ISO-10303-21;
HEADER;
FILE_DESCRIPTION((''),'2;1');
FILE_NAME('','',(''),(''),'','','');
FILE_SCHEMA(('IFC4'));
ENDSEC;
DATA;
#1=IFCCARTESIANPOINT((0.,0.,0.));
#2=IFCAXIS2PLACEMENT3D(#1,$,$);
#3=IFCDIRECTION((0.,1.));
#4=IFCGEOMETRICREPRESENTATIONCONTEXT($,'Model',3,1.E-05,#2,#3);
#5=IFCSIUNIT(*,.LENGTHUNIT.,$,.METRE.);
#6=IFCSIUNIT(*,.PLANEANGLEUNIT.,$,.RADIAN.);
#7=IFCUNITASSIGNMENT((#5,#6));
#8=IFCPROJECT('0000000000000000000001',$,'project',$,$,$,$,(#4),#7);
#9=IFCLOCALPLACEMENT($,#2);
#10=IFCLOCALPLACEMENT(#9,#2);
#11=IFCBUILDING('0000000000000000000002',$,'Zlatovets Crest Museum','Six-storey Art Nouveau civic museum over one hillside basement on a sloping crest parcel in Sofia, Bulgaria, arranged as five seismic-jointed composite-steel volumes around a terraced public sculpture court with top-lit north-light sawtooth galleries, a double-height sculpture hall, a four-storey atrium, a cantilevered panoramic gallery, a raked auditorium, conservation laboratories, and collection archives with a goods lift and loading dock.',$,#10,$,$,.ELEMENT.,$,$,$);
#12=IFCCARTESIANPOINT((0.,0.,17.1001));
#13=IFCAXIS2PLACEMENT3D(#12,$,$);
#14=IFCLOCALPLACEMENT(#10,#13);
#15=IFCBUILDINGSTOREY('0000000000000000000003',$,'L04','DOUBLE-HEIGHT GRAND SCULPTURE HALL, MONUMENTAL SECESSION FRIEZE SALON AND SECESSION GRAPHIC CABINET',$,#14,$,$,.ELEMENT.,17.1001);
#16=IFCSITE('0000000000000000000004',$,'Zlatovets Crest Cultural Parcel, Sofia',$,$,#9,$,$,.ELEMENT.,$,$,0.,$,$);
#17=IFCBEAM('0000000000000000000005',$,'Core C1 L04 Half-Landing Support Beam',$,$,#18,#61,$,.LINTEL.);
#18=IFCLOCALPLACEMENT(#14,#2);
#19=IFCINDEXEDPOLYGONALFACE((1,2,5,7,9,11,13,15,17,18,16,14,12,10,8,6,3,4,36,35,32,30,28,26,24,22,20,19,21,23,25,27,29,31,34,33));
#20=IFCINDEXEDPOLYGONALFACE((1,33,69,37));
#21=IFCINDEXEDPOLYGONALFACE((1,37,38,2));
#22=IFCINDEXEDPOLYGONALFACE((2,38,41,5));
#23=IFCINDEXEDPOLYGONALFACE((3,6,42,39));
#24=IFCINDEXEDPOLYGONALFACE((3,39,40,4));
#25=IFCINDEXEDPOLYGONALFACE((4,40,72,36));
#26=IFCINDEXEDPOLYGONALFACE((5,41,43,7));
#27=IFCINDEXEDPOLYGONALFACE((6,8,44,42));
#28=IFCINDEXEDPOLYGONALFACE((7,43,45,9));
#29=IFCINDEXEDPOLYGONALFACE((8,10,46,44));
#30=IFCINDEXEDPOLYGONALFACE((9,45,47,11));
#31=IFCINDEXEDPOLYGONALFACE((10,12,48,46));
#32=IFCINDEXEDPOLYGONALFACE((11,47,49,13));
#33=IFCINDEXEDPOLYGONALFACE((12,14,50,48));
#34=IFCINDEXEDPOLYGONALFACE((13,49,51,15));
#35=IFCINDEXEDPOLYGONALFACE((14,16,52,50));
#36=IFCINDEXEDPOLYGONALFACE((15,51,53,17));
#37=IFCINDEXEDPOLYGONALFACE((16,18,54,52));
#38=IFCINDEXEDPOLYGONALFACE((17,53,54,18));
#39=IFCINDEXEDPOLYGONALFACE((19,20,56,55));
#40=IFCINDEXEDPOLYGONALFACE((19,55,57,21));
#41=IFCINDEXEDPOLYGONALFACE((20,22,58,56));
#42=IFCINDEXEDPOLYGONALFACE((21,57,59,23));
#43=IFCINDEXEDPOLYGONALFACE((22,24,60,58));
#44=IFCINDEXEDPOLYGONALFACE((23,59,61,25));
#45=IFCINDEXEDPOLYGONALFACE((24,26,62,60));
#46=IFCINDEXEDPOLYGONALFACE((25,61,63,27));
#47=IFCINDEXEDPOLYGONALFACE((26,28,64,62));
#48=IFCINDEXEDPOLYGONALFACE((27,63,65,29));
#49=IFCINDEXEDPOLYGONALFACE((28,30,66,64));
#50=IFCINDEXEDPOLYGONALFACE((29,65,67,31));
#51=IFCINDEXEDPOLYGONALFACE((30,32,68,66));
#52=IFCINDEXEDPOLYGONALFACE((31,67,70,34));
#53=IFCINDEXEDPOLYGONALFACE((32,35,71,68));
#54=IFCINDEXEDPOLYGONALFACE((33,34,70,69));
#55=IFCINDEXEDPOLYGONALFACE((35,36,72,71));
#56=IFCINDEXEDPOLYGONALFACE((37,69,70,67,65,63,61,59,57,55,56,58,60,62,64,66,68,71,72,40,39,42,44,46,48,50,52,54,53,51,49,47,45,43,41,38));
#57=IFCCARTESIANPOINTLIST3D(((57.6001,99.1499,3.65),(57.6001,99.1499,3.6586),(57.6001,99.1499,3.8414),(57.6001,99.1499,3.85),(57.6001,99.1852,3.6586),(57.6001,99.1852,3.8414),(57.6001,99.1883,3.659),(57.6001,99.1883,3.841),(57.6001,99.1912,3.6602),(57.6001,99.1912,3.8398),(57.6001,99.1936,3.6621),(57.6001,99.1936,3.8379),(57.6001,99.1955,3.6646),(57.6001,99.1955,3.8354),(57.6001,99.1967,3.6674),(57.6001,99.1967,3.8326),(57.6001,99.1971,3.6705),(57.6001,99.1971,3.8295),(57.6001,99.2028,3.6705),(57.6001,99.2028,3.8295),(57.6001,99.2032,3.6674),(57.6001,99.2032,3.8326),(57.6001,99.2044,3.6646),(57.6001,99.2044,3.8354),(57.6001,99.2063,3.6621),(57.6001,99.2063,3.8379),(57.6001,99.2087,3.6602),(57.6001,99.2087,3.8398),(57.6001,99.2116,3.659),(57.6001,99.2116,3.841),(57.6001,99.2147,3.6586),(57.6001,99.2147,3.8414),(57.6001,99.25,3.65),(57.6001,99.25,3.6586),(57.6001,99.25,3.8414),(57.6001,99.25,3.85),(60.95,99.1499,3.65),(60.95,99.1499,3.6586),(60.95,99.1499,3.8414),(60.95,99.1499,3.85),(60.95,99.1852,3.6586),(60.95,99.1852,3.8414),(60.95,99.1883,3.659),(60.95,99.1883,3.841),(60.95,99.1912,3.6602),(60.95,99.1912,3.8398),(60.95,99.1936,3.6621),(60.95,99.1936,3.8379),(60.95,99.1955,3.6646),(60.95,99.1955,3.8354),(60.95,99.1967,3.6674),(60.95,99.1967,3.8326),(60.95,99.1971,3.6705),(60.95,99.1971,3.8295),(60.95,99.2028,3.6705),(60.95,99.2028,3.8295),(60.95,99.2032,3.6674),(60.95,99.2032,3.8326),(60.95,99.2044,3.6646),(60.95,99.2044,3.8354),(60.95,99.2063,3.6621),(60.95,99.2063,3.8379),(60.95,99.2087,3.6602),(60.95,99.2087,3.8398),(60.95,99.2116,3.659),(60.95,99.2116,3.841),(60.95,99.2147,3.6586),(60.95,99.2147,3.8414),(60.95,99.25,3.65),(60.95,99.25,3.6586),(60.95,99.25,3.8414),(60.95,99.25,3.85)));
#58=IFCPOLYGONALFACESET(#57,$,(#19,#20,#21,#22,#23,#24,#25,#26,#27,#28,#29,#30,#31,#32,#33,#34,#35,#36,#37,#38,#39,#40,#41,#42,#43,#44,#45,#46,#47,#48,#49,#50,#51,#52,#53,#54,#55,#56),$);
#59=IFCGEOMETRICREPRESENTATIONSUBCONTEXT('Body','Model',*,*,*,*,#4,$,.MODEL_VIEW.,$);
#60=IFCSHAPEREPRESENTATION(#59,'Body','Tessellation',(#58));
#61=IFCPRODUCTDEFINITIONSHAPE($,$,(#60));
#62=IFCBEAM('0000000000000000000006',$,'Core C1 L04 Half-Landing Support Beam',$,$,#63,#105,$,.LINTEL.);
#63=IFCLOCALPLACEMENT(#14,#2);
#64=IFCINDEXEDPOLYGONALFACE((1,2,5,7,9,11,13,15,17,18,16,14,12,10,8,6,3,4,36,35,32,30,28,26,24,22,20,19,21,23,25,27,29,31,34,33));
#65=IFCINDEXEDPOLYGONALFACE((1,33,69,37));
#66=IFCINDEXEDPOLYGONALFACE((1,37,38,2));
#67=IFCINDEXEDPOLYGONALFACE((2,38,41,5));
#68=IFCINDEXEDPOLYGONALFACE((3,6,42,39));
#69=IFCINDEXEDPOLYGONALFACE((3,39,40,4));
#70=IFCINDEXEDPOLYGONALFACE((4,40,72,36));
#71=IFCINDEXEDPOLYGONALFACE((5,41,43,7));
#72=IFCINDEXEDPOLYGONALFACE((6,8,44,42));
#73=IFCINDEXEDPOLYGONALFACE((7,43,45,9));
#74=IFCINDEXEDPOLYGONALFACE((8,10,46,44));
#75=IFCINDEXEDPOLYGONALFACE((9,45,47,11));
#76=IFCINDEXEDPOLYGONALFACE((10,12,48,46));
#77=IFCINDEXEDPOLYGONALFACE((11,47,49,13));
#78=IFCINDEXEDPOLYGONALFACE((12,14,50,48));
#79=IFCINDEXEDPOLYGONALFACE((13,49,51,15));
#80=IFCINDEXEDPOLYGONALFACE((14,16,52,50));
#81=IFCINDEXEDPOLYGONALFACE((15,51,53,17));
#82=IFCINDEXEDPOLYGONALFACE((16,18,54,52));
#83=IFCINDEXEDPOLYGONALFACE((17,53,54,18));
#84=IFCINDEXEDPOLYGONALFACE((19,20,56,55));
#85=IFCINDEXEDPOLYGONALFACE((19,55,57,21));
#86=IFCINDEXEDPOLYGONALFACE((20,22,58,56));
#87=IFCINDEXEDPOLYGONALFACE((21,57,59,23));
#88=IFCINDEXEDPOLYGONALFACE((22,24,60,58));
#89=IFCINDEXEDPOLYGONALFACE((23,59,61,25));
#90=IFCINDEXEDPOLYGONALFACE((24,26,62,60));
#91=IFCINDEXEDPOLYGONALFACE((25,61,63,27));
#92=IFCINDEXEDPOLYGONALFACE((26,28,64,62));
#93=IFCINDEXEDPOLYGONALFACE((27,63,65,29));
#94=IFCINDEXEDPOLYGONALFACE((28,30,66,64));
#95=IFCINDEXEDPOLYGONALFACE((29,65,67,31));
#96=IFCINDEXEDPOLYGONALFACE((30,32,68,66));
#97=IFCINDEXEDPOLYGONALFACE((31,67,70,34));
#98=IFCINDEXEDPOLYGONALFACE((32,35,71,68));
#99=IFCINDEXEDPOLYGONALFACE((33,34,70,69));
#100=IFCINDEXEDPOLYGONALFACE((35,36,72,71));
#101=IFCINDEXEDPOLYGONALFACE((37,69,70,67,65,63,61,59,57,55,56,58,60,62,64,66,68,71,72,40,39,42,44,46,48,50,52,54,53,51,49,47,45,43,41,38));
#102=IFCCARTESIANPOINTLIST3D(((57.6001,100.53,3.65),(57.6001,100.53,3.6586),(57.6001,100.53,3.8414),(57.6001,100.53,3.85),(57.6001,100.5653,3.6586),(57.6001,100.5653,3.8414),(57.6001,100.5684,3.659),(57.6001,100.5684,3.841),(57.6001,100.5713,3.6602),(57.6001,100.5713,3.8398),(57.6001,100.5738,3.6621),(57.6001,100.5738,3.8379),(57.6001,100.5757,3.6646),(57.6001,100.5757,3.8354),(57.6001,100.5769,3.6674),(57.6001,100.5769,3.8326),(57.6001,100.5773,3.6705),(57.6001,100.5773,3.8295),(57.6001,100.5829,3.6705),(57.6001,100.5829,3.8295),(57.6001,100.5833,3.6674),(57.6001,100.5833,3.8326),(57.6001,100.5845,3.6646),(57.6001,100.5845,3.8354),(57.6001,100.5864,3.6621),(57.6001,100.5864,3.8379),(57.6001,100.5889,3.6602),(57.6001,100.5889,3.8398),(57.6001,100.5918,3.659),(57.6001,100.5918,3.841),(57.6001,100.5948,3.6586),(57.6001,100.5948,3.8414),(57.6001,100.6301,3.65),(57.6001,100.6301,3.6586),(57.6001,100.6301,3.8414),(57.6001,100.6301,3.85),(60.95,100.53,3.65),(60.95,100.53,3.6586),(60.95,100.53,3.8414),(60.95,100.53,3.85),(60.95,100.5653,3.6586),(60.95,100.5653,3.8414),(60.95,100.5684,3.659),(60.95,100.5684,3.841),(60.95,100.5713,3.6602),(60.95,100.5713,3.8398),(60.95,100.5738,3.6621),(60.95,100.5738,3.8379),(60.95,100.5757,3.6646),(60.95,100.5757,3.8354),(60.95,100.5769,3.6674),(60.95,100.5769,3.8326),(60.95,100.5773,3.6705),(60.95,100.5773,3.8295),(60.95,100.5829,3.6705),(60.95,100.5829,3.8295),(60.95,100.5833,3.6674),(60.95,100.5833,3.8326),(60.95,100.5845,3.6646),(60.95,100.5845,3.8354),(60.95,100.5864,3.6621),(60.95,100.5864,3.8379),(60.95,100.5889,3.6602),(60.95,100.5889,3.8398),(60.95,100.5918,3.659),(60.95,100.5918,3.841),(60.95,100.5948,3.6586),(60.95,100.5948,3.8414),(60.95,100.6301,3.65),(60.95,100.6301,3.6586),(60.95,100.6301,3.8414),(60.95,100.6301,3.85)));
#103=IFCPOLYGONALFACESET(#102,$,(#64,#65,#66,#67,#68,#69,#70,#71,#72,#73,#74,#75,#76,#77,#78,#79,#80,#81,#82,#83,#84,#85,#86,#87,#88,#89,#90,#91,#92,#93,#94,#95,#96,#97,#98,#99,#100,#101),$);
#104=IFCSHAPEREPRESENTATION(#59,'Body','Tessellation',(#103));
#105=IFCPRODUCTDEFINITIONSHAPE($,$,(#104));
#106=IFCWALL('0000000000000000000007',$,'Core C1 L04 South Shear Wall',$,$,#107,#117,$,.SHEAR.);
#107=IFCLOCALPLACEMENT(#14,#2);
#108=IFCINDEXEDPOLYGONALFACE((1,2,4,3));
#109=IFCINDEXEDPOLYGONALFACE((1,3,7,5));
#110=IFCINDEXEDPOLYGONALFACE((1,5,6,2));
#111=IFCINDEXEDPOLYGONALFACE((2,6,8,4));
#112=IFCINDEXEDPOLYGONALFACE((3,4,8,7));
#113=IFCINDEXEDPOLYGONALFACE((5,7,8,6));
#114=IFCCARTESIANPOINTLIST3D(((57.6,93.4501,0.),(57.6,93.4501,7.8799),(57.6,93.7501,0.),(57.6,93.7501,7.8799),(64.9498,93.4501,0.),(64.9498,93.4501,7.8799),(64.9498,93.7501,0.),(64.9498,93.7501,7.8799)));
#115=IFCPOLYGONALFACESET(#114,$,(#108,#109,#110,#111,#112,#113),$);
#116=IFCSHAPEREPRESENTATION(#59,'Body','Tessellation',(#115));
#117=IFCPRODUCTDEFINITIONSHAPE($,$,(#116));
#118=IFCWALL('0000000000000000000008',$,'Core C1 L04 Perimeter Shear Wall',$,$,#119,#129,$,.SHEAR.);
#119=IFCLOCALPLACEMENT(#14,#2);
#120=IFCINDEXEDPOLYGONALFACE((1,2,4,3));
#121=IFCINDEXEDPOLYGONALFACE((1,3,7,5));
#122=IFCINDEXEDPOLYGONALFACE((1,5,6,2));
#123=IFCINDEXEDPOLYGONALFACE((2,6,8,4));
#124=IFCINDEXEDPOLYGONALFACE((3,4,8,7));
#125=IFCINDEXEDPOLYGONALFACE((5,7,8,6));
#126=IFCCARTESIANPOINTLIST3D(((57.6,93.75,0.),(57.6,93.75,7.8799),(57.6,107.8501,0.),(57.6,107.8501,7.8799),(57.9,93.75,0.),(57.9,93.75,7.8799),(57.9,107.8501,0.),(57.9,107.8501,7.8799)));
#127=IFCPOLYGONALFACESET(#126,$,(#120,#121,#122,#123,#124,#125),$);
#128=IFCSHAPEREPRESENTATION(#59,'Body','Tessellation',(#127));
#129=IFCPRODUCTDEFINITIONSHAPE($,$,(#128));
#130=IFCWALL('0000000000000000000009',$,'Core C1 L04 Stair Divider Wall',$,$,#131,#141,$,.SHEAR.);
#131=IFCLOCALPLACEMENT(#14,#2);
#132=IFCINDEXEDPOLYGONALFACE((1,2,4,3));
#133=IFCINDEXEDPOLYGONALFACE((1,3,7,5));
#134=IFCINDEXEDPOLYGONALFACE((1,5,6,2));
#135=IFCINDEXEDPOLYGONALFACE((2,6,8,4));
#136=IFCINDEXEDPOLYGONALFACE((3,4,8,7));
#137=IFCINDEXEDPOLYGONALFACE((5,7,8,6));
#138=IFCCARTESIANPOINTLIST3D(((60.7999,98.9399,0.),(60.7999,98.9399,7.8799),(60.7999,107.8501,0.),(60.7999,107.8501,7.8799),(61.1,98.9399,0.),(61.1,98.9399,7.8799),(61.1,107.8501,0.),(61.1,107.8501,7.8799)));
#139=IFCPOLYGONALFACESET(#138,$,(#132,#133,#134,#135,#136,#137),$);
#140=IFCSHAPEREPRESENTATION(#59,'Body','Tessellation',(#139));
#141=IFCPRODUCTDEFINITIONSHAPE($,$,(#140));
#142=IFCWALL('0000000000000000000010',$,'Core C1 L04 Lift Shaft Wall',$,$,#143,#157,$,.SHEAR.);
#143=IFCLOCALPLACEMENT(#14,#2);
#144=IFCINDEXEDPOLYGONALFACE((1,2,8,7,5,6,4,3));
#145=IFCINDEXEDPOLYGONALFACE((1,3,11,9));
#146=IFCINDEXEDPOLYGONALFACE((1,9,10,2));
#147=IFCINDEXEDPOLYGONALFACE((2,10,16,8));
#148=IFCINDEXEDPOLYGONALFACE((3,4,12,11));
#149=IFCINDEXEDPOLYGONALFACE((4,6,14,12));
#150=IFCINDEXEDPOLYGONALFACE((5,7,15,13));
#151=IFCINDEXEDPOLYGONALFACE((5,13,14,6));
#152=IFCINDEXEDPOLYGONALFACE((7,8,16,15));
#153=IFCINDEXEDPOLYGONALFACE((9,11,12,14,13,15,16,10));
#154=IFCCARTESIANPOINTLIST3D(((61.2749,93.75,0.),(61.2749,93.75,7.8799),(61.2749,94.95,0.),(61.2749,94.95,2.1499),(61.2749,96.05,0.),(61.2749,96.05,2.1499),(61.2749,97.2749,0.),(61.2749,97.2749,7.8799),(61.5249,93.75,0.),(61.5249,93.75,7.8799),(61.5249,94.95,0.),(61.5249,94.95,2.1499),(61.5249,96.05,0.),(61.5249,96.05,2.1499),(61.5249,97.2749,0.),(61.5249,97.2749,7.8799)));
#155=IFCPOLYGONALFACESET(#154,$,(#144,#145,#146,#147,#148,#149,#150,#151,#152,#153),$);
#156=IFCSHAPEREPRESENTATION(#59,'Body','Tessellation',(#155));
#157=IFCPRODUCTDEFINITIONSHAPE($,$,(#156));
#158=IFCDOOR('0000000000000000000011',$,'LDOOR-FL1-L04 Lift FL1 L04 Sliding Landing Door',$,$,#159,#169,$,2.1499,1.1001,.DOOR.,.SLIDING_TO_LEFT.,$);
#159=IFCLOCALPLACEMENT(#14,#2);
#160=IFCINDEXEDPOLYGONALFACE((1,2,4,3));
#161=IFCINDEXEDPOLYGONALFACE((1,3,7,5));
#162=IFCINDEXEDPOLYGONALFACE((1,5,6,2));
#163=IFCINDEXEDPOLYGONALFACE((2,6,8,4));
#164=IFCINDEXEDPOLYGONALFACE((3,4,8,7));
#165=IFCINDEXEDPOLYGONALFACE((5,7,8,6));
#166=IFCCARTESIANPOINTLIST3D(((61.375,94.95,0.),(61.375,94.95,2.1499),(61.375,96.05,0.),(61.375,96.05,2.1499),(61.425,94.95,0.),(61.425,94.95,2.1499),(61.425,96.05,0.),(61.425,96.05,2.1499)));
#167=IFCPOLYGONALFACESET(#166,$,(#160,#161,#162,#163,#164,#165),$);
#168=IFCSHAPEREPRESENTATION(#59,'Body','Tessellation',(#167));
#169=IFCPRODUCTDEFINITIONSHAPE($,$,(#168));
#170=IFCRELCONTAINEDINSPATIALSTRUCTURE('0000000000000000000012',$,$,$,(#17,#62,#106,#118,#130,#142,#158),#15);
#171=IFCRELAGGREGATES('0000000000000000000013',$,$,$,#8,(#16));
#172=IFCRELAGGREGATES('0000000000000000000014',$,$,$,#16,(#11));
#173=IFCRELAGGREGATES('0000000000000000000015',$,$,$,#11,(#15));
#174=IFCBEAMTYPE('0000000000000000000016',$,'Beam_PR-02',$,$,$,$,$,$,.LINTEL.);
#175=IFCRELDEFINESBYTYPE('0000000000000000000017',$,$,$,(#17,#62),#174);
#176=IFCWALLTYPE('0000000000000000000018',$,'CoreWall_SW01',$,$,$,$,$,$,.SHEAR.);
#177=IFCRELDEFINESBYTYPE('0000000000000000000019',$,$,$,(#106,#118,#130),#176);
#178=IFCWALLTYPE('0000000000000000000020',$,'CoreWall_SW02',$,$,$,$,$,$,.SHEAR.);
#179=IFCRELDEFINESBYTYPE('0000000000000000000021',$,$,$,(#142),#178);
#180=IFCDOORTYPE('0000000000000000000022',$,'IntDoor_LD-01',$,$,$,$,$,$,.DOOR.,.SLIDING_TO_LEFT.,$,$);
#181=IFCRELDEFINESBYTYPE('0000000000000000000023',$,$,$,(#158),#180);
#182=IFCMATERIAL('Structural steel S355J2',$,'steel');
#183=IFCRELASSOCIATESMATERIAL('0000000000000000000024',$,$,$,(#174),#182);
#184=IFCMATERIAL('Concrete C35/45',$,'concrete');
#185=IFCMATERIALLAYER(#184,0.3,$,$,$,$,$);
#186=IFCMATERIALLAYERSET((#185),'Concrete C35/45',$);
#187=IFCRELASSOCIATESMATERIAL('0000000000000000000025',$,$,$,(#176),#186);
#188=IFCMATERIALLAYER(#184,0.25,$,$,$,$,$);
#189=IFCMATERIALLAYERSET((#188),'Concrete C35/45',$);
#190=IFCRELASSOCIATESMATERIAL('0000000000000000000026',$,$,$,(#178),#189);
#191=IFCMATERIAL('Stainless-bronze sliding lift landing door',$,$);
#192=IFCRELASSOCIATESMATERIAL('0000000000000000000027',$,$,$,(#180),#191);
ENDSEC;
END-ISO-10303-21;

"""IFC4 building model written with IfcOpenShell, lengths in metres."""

from ifc_helpers import new_model, si_unit, direction, frame, frame_2d, origin, origin_2d, place, context, subcontext, project, spatial, rectangle, i_section, extrude, material, layer, layer_set, material_profile, profile_set, type_object, element, fill, save


model = new_model("IFC4")

# Units and contexts
model_context = context("Model", 3, precision=1e-05, world=origin(), true_north=direction((0.0, 1.0)))
body_context = subcontext(model_context, "Body", "Model", "MODEL_VIEW")
ifc_project = project(units=[si_unit("LENGTHUNIT", "METRE"), si_unit("PLANEANGLEUNIT", "RADIAN")], contexts=[model_context])

# Site, building, storey
site_placement = place(None, origin())
site = spatial("IfcSite", under=ifc_project, at=site_placement, Name="Zlatovets Crest Cultural Parcel, Sofia", CompositionType="ELEMENT", RefElevation=0.0)
building_placement = place(site_placement, origin())
building = spatial("IfcBuilding", under=site, at=building_placement, Name="Zlatovets Crest Museum", Description="Six-storey Art Nouveau civic museum over one hillside basement on a sloping crest parcel in Sofia, Bulgaria, arranged as five seismic-jointed composite-steel volumes around a terraced public sculpture court with top-lit north-light sawtooth galleries, a double-height sculpture hall, a four-storey atrium, a cantilevered panoramic gallery, a raked auditorium, conservation laboratories, and collection archives with a goods lift and loading dock.", CompositionType="ELEMENT")
storey_placement = place(building_placement, frame((0.0, 0.0, 17.1001)))
storey = spatial("IfcBuildingStorey", under=building, at=storey_placement, Name="L04", Description="DOUBLE-HEIGHT GRAND SCULPTURE HALL, MONUMENTAL SECESSION FRIEZE SALON AND SECESSION GRAPHIC CABINET", CompositionType="ELEMENT", Elevation=17.1001)

# Shared definitions
ifc_material_1 = material(Name="Structural steel S355J2", Category="steel")

# Beams
ifc_material_profile_1 = material_profile(ifc_material_1, i_section(OverallWidth=0.1001, OverallDepth=0.2, WebThickness=0.0056, FlangeThickness=0.0085, FilletRadius=0.012, at=origin_2d()), Name="IPE 200")
ifc_profile_set_1 = profile_set([ifc_material_profile_1], Name="Structural steel S355J2")
beam_type_1 = type_object("IfcBeamType", Name="Beam_PR-02", PredefinedType="LINTEL", material=ifc_profile_set_1)
for number, where, z_axis, x_axis, name in (
    (1, (57.6001, 99.2, 3.75), (1.0, 0.0, 0.0), (0.0, 1.0, 0.0), "Core C1 L04 Half-Landing Support Beam"),
    (2, (57.6001, 100.5801, 3.75), (1.0, 0.0, 0.0), (0.0, 1.0, 0.0), "Core C1 L04 Half-Landing Support Beam"),
):
    element("IfcBeam", number, at=place(storey_placement, frame(where, z_axis=z_axis, x_axis=x_axis)), inside=storey, type_object=beam_type_1, Name=name, PredefinedType="LINTEL", context=body_context, shape_type="SweptSolid", body=[
        extrude(i_section(OverallWidth=0.1001, OverallDepth=0.2, WebThickness=0.0056, FlangeThickness=0.0085, FilletRadius=0.012, at=origin_2d()), origin(), (0.0, 0.0, 1.0), 3.3499),
    ])

# Walls
ifc_material_2 = material(Name="Concrete C35/45", Category="concrete")
ifc_layer_1 = layer(ifc_material_2, 0.3)
ifc_layer_set_1 = layer_set([ifc_layer_1], Name="Concrete C35/45")
wall_type_1 = type_object("IfcWallType", Name="CoreWall_SW01", PredefinedType="SHEAR", material=ifc_layer_set_1)
wall_1_placement = place(storey_placement, frame((57.6001, 93.6001, 0.0), z_axis=(0.0, 0.0, 1.0), x_axis=(1.0, 0.0, 0.0)))
element("IfcWall", 3, at=wall_1_placement, inside=storey, type_object=wall_type_1, Name="Core C1 L04 South Shear Wall", PredefinedType="SHEAR", context=body_context, shape_type="SweptSolid", body=[
    extrude(rectangle(XDim=7.3499, YDim=0.3, at=frame_2d((3.6748, 0.0))), origin(), (0.0, 0.0, 1.0), 7.8799),
])
wall_2_placement = place(storey_placement, frame((57.75, 93.75, 0.0), z_axis=(0.0, 0.0, 1.0), x_axis=(0.0, 1.0, 0.0)))
element("IfcWall", 4, at=wall_2_placement, inside=storey, type_object=wall_type_1, Name="Core C1 L04 Perimeter Shear Wall", PredefinedType="SHEAR", context=body_context, shape_type="SweptSolid", body=[
    extrude(rectangle(XDim=14.1001, YDim=0.3, at=frame_2d((7.05, 0.0))), origin(), (0.0, 0.0, 1.0), 7.8799),
])
wall_3_placement = place(storey_placement, frame((60.95, 98.9399, 0.0), z_axis=(0.0, 0.0, 1.0), x_axis=(0.0, 1.0, 0.0)))
element("IfcWall", 5, at=wall_3_placement, inside=storey, type_object=wall_type_1, Name="Core C1 L04 Stair Divider Wall", PredefinedType="SHEAR", context=body_context, shape_type="SweptSolid", body=[
    extrude(rectangle(XDim=8.9102, YDim=0.3, at=frame_2d((4.4551, 0.0))), origin(), (0.0, 0.0, 1.0), 7.8799),
])

# Wall, opening, door
ifc_layer_2 = layer(ifc_material_2, 0.25)
ifc_layer_set_2 = layer_set([ifc_layer_2], Name="Concrete C35/45")
wall_type_2 = type_object("IfcWallType", Name="CoreWall_SW02", PredefinedType="SHEAR", material=ifc_layer_set_2)
wall_4_placement = place(storey_placement, frame((61.3999, 93.75, 0.0), z_axis=(0.0, 0.0, 1.0), x_axis=(0.0, 1.0, 0.0)))
wall_4 = element("IfcWall", 6, at=wall_4_placement, inside=storey, type_object=wall_type_2, Name="Core C1 L04 Lift Shaft Wall", PredefinedType="SHEAR", context=body_context, shape_type="SweptSolid", body=[
    extrude(rectangle(XDim=3.5249, YDim=0.25, at=frame_2d((1.7625, 0.0))), origin(), (0.0, 0.0, 1.0), 7.8799),
])
opening_1_placement = place(wall_4_placement, frame((1.2, 0.0, 0.0)))
opening_1 = element("IfcOpeningElement", 7, at=opening_1_placement, cuts=wall_4, PredefinedType="OPENING", context=body_context, shape_type="SweptSolid", body=[
    extrude(rectangle(XDim=1.1001, YDim=2.1499, at=frame_2d((0.55, 1.075))), frame((0.0, 0.135, 0.0), z_axis=(0.0, -1.0, 0.0), x_axis=(1.0, 0.0, 0.0)), (0.0, 0.0, 1.0), 0.27),
])
ifc_material_3 = material(Name="Stainless-bronze sliding lift landing door")
door_type_1 = type_object("IfcDoorType", Name="IntDoor_LD-01", OperationType="SLIDING_TO_LEFT", PredefinedType="DOOR", material=ifc_material_3)
door_1_placement = place(opening_1_placement, origin())
door_1 = element("IfcDoor", 8, at=door_1_placement, inside=storey, type_object=door_type_1, Name="LDOOR-FL1-L04 Lift FL1 L04 Sliding Landing Door", OperationType="SLIDING_TO_LEFT", OverallHeight=2.1499, OverallWidth=1.1001, PredefinedType="DOOR", context=body_context, shape_type="SweptSolid", body=[
    extrude(rectangle(XDim=1.1001, YDim=2.1499, at=frame_2d((0.55, 1.075))), frame((0.0, 0.0249, 0.0), z_axis=(0.0, -1.0, 0.0), x_axis=(1.0, 0.0, 0.0)), (0.0, 0.0, 1.0), 0.05),
])
fill(opening_1, door_1)

save(model, "model.ifc")
